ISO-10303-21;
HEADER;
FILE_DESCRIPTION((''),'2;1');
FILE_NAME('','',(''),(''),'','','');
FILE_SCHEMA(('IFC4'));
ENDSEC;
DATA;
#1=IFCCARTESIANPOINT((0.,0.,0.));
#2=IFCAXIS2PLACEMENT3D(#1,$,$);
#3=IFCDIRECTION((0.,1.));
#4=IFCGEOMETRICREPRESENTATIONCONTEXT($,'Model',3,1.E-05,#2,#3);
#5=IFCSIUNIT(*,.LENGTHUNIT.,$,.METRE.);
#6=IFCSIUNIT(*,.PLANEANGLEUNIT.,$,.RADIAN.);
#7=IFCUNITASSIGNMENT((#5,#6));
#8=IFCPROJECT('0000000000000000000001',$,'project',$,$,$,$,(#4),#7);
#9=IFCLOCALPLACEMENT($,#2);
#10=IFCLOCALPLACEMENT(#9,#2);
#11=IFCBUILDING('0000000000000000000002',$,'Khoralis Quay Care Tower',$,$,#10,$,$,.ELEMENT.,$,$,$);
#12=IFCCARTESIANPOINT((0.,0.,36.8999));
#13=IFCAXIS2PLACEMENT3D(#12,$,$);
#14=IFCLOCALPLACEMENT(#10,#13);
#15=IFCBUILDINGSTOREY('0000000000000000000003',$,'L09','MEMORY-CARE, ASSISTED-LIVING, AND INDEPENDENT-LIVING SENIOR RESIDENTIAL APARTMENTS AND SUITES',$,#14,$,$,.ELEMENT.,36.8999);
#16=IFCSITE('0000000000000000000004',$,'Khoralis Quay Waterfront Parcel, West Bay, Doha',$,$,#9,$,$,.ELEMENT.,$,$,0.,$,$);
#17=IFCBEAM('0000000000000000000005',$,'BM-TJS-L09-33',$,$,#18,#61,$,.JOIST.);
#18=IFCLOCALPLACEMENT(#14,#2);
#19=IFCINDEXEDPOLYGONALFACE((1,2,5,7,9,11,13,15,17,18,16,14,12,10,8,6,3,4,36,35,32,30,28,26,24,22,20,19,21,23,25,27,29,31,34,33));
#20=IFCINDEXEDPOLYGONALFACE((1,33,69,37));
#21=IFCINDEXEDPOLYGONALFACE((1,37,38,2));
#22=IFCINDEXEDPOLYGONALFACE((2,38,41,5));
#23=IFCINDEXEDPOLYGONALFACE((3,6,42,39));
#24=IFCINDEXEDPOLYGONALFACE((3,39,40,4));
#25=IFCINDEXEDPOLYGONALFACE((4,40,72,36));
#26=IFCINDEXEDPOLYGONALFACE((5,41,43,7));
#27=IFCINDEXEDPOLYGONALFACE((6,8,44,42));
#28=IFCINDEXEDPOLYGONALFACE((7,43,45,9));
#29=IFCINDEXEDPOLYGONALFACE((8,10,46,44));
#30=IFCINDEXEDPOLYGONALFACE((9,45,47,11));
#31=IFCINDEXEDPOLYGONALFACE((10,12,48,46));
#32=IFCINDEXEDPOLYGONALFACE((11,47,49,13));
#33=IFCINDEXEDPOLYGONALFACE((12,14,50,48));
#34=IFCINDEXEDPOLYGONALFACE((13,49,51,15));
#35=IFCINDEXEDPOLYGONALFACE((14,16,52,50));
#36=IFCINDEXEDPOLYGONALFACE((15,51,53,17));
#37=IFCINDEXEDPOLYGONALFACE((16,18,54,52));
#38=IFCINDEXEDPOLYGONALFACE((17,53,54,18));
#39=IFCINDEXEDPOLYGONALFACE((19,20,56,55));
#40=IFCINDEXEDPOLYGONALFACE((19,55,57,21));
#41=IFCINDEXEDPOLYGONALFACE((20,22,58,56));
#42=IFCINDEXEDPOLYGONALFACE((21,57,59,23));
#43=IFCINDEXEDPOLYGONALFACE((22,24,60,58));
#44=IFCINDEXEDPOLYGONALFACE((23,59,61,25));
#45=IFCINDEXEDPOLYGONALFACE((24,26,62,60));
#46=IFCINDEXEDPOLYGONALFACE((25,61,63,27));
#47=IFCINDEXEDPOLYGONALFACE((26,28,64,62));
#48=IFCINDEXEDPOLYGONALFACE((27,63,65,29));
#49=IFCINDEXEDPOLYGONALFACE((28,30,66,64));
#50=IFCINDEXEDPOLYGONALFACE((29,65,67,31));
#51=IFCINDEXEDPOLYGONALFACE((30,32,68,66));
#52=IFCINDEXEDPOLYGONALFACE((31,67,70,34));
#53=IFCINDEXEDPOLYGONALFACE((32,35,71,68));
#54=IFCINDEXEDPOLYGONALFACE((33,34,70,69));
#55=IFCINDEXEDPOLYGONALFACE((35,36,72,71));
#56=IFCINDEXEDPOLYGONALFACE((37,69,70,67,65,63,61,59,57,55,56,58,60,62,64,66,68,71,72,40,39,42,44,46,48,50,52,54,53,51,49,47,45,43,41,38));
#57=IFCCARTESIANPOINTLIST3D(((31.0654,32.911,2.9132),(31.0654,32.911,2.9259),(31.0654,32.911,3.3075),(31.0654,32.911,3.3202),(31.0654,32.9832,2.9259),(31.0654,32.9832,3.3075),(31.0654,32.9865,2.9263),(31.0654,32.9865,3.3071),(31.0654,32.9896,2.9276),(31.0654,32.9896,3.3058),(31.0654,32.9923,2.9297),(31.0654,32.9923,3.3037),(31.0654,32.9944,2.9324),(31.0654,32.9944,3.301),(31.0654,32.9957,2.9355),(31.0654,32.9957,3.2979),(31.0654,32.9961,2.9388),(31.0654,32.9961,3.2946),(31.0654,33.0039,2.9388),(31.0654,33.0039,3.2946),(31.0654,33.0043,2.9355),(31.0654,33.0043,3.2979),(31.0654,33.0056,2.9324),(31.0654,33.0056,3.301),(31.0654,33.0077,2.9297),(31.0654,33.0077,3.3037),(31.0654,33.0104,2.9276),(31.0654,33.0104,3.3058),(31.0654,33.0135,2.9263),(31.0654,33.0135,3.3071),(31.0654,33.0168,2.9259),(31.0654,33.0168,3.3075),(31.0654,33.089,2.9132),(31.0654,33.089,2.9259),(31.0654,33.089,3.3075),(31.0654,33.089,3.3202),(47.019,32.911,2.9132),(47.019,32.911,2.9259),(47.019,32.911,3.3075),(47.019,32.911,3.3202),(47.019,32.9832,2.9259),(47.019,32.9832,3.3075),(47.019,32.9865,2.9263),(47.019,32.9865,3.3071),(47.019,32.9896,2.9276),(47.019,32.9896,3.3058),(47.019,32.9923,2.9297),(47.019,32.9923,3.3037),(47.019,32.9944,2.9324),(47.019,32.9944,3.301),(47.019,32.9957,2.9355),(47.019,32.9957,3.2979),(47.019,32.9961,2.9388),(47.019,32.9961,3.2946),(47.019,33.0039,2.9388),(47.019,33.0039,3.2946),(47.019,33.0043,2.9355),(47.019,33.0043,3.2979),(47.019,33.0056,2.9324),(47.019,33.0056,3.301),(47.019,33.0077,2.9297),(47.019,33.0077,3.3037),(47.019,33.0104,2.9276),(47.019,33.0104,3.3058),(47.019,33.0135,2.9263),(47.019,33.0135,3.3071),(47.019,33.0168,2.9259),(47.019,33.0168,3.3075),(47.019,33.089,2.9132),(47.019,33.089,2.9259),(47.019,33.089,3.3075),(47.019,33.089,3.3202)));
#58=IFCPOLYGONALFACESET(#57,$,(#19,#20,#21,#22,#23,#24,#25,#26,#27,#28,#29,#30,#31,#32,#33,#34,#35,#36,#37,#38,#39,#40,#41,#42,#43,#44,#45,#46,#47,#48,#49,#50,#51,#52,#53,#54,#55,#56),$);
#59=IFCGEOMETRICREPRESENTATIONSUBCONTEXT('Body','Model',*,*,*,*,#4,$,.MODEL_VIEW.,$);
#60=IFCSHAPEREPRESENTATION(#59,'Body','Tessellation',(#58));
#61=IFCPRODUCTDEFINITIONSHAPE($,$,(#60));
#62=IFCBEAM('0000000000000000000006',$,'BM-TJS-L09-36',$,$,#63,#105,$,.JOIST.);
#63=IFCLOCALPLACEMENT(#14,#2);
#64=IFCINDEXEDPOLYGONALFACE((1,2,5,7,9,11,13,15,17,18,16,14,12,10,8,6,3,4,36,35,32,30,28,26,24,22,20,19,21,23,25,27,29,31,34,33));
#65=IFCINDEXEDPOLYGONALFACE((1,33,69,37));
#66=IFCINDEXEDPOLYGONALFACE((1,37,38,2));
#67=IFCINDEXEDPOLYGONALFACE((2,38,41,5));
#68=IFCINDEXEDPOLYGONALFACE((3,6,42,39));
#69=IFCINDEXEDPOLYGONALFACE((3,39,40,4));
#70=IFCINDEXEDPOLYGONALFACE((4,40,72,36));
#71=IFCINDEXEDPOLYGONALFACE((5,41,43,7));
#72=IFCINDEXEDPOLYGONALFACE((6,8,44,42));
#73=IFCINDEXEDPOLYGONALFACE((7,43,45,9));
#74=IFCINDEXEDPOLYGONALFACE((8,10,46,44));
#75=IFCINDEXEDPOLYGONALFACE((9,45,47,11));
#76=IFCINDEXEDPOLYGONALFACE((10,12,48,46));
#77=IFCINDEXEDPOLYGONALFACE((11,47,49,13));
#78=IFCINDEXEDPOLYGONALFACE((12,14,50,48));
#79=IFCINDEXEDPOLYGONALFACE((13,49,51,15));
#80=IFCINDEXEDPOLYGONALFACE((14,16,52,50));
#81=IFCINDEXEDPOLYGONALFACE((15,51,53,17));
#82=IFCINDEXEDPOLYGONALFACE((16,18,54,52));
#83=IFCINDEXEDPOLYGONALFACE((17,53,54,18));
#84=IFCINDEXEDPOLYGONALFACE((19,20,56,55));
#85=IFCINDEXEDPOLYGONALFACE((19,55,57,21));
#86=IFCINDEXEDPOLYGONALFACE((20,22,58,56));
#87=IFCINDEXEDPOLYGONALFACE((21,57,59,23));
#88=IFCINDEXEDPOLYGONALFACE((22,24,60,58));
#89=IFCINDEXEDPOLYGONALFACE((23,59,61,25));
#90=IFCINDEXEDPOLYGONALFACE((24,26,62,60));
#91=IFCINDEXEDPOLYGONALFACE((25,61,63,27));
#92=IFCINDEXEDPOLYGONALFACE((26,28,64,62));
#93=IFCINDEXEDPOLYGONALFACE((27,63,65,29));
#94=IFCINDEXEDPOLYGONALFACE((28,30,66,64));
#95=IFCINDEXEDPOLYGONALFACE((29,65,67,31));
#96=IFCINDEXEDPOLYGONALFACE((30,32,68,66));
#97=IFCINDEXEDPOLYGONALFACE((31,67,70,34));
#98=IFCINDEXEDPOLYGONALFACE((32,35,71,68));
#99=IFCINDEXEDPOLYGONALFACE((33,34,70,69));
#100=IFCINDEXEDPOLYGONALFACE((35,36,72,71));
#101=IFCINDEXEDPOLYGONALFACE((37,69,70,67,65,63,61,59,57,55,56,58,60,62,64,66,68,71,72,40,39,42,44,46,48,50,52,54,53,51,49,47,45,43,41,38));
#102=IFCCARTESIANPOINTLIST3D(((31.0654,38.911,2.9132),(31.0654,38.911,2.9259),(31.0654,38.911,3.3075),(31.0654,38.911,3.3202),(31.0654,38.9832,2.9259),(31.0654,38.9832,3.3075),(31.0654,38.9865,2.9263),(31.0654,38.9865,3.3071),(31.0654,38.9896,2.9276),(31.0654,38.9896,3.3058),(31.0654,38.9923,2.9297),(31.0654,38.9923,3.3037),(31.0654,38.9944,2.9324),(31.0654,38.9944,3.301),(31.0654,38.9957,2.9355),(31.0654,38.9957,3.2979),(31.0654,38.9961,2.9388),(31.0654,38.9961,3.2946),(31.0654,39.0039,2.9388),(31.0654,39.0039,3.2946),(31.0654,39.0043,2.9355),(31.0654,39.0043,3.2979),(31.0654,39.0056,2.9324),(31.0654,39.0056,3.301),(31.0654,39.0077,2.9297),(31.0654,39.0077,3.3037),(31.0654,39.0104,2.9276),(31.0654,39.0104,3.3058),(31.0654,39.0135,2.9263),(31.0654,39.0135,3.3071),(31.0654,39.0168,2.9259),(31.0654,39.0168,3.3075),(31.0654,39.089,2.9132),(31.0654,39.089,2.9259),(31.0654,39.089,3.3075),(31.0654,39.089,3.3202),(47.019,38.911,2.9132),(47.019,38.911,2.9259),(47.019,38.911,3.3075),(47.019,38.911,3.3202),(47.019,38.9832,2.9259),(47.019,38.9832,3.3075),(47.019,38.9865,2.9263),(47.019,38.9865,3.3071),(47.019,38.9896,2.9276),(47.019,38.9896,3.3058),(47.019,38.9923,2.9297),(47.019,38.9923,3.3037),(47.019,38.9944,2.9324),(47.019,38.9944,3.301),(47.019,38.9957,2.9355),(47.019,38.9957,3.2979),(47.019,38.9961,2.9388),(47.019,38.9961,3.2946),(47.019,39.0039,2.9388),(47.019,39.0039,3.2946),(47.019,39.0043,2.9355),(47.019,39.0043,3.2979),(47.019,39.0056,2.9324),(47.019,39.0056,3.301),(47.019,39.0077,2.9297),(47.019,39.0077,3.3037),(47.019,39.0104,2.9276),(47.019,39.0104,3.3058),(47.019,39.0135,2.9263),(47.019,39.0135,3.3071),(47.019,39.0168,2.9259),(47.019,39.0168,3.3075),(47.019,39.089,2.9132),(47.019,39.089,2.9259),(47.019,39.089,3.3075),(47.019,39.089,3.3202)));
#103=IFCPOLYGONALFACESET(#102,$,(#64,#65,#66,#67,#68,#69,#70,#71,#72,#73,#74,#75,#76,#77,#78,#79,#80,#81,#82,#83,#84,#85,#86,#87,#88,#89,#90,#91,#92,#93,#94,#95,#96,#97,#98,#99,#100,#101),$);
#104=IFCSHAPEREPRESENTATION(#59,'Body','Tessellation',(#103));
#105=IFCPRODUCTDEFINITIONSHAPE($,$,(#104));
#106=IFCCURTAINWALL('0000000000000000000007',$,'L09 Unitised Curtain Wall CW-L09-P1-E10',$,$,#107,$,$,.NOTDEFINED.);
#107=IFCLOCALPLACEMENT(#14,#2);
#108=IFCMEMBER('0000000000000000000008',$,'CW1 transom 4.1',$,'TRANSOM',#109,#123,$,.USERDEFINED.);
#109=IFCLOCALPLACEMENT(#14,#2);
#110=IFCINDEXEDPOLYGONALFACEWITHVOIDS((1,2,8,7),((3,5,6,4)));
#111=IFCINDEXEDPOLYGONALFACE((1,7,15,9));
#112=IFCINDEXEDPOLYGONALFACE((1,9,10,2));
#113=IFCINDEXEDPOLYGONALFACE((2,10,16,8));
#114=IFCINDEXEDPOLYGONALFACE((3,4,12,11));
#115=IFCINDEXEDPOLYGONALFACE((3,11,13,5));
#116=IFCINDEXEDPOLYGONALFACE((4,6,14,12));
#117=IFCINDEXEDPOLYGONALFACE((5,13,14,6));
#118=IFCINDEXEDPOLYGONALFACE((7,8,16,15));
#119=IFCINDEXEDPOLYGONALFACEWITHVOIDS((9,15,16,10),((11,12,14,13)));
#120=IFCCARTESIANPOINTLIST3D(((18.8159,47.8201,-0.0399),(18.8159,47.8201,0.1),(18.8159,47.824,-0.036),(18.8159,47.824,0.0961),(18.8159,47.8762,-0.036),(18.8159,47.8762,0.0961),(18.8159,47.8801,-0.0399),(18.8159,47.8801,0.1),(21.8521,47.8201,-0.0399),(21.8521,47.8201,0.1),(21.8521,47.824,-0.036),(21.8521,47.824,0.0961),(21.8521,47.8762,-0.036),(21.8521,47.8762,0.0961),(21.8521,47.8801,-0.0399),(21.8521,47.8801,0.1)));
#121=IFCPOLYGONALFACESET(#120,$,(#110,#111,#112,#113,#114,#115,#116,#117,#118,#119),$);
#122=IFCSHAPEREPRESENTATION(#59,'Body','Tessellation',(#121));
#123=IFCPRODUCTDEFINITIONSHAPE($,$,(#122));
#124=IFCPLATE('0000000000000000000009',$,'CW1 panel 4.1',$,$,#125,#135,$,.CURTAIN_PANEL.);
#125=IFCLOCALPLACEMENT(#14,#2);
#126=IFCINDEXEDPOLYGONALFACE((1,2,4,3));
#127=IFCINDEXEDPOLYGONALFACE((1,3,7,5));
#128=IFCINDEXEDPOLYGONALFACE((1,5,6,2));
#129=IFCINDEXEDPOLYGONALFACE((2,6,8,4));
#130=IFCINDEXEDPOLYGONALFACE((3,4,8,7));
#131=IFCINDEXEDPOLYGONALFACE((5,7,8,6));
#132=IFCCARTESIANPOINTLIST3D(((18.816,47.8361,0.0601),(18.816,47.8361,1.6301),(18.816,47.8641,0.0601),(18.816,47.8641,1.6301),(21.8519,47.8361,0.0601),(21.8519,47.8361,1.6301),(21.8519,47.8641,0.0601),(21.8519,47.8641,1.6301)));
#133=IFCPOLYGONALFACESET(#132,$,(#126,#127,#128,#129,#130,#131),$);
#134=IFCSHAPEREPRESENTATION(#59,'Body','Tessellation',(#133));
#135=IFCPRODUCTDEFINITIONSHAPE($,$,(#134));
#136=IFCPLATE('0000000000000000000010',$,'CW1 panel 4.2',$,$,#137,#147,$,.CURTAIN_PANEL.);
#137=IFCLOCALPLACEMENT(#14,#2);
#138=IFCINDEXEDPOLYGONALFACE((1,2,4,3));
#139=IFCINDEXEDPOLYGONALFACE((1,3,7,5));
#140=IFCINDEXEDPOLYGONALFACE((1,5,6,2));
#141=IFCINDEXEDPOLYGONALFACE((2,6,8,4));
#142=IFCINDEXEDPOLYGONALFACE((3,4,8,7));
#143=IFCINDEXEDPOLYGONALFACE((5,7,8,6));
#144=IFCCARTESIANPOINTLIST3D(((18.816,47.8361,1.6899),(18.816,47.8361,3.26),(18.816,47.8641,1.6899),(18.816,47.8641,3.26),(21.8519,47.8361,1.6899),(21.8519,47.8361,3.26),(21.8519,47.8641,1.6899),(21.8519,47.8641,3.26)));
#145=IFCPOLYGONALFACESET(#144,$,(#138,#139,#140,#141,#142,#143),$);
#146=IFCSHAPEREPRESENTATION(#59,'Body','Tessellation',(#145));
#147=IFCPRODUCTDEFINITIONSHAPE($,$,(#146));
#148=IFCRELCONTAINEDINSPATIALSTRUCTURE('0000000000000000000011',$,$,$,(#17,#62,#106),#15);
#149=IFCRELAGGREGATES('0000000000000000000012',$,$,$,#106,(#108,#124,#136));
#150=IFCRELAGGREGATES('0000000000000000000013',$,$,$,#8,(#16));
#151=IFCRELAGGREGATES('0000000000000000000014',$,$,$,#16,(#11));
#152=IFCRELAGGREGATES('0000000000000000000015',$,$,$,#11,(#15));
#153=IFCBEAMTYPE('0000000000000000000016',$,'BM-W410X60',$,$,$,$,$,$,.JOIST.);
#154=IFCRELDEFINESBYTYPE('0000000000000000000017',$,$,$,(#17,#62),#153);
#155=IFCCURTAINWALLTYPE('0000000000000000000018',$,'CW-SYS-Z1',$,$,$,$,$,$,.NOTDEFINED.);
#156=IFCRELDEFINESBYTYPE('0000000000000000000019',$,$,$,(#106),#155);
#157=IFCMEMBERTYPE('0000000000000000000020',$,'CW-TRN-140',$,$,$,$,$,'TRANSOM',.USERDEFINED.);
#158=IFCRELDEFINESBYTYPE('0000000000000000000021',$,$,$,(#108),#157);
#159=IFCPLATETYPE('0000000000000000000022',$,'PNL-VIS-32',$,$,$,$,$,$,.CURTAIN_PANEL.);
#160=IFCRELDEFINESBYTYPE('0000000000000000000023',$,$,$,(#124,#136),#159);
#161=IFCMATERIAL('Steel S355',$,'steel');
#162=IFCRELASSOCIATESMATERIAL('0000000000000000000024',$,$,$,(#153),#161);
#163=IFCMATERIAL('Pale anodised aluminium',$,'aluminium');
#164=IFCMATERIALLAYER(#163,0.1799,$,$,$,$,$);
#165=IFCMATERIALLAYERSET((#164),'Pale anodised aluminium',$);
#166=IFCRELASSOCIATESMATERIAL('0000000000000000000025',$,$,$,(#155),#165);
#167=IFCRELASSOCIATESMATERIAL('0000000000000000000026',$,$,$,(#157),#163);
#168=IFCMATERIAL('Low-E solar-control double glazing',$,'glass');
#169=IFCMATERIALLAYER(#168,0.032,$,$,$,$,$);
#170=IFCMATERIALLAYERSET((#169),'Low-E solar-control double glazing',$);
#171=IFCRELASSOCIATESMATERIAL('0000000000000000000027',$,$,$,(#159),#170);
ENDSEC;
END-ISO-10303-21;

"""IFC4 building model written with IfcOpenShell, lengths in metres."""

from ifc_helpers import new_model, si_unit, direction, frame, origin, origin_2d, place, context, subcontext, project, spatial, rectangle, hollow_rectangle, i_section, extrude, source, transform, mapped, material, layer, layer_set, material_profile, profile_set, type_object, element, aggregate, save


model = new_model("IFC4")

# Units and contexts
model_context = context("Model", 3, precision=1e-05, world=origin(), true_north=direction((0.0, 1.0)))
body_context = subcontext(model_context, "Body", "Model", "MODEL_VIEW")
ifc_project = project(units=[si_unit("LENGTHUNIT", "METRE"), si_unit("PLANEANGLEUNIT", "RADIAN")], contexts=[model_context])

# Site, building, storey
site_placement = place(None, origin())
site = spatial("IfcSite", under=ifc_project, at=site_placement, Name="Khoralis Quay Waterfront Parcel, West Bay, Doha", CompositionType="ELEMENT", RefElevation=0.0)
building_placement = place(site_placement, origin())
building = spatial("IfcBuilding", under=site, at=building_placement, Name="Khoralis Quay Care Tower", CompositionType="ELEMENT")
storey_placement = place(building_placement, frame((0.0, 0.0, 36.8999)))
storey = spatial("IfcBuildingStorey", under=building, at=storey_placement, Name="L09", Description="MEMORY-CARE, ASSISTED-LIVING, AND INDEPENDENT-LIVING SENIOR RESIDENTIAL APARTMENTS AND SUITES", CompositionType="ELEMENT", Elevation=36.8999)

# Beams
ifc_material_1 = material(Name="Steel S355", Category="steel")
ifc_material_profile_1 = material_profile(ifc_material_1, i_section(OverallWidth=0.178, OverallDepth=0.407, WebThickness=0.0078, FlangeThickness=0.0127, FilletRadius=0.0129, at=origin_2d()), Name="Steel S355")
ifc_profile_set_1 = profile_set([ifc_material_profile_1], Name="Steel S355")
beam_type_1 = type_object("IfcBeamType", Name="BM-W410X60", PredefinedType="JOIST", material=ifc_profile_set_1)
shared_shape_1 = source(origin(), body_context, "Body", "SweptSolid", [
    extrude(i_section(OverallWidth=0.178, OverallDepth=0.407, WebThickness=0.0078, FlangeThickness=0.0127, FilletRadius=0.0129, at=origin_2d()), origin(), (0.0, 0.0, 1.0), 15.9536),
])
for number, where, z_axis, x_axis, name in (
    (1, (31.0654, 33.0, 3.1167), (1.0, 0.0, 0.0), (0.0, 1.0, 0.0), "BM-TJS-L09-33"),
    (2, (31.0654, 39.0, 3.1167), (1.0, 0.0, 0.0), (0.0, 1.0, 0.0), "BM-TJS-L09-36"),
):
    element("IfcBeam", number, at=place(storey_placement, frame(where, z_axis=z_axis, x_axis=x_axis)), inside=storey, type_object=beam_type_1, Name=name, PredefinedType="JOIST", context=body_context, shape_type="MappedRepresentation", body=[
        mapped(shared_shape_1, transform((0.0, 0.0, 0.0), scale=1.0)),
    ])

# Curtain wall, member, plates
ifc_material_2 = material(Name="Pale anodised aluminium", Category="aluminium")
ifc_layer_1 = layer(ifc_material_2, 0.1799)
ifc_layer_set_1 = layer_set([ifc_layer_1], Name="Pale anodised aluminium")
curtain_wall_type = type_object("IfcCurtainWallType", Name="CW-SYS-Z1", PredefinedType="NOTDEFINED", material=ifc_layer_set_1)
curtain_wall_placement = place(storey_placement, origin())
curtain_wall = element("IfcCurtainWall", 3, at=curtain_wall_placement, inside=storey, type_object=curtain_wall_type, Name="L09 Unitised Curtain Wall CW-L09-P1-E10", PredefinedType="NOTDEFINED")
ifc_material_profile_2 = material_profile(ifc_material_2, hollow_rectangle(XDim=0.0601, YDim=0.1399, WallThickness=0.0039, at=origin_2d()), Name="Pale anodised aluminium")
ifc_profile_set_2 = profile_set([ifc_material_profile_2], Name="Pale anodised aluminium")
member_type = type_object("IfcMemberType", Name="CW-TRN-140", ElementType="TRANSOM", PredefinedType="USERDEFINED", material=ifc_profile_set_2)
shared_shape_2 = source(origin(), body_context, "Body", "SweptSolid", [
    extrude(hollow_rectangle(XDim=0.0601, YDim=0.1399, WallThickness=0.0039, at=origin_2d()), origin(), (0.0, 0.0, 1.0), 3.0361),
])
member_placement = place(storey_placement, frame((21.8521, 47.8501, 0.03), z_axis=(-1.0, 0.0, 0.0), x_axis=(0.0, -1.0, 0.0)))
member = element("IfcMember", 4, at=member_placement, type_object=member_type, Name="CW1 transom 4.1", ObjectType="TRANSOM", PredefinedType="USERDEFINED", context=body_context, shape_type="MappedRepresentation", body=[
    mapped(shared_shape_2, transform((0.0, 0.0, 0.0), scale=1.0)),
])
ifc_material_3 = material(Name="Low-E solar-control double glazing", Category="glass")
ifc_layer_2 = layer(ifc_material_3, 0.032)
ifc_layer_set_2 = layer_set([ifc_layer_2], Name="Low-E solar-control double glazing")
plate_type = type_object("IfcPlateType", Name="PNL-VIS-32", PredefinedType="CURTAIN_PANEL", material=ifc_layer_set_2)
shared_shape_3 = source(origin(), body_context, "Body", "SweptSolid", [
    extrude(rectangle(XDim=3.0359, YDim=0.0281, at=origin_2d()), origin(), (0.0, 0.0, 1.0), 1.5701),
])
plate_1_placement = place(storey_placement, frame((20.334, 47.8501, 0.0601), z_axis=(0.0, 0.0, 1.0), x_axis=(-1.0, 0.0, 0.0)))
plate_1 = element("IfcPlate", 5, at=plate_1_placement, type_object=plate_type, Name="CW1 panel 4.1", PredefinedType="CURTAIN_PANEL", context=body_context, shape_type="MappedRepresentation", body=[
    mapped(shared_shape_3, transform((0.0, 0.0, 0.0), scale=1.0)),
])
plate_2_placement = place(storey_placement, frame((20.334, 47.8501, 1.6899), z_axis=(0.0, 0.0, 1.0), x_axis=(-1.0, 0.0, 0.0)))
plate_2 = element("IfcPlate", 6, at=plate_2_placement, type_object=plate_type, Name="CW1 panel 4.2", PredefinedType="CURTAIN_PANEL", context=body_context, shape_type="MappedRepresentation", body=[
    mapped(shared_shape_3, transform((0.0, 0.0, 0.0), scale=1.0)),
])
aggregate(curtain_wall, [member, plate_1, plate_2])

save(model, "model.ifc")
